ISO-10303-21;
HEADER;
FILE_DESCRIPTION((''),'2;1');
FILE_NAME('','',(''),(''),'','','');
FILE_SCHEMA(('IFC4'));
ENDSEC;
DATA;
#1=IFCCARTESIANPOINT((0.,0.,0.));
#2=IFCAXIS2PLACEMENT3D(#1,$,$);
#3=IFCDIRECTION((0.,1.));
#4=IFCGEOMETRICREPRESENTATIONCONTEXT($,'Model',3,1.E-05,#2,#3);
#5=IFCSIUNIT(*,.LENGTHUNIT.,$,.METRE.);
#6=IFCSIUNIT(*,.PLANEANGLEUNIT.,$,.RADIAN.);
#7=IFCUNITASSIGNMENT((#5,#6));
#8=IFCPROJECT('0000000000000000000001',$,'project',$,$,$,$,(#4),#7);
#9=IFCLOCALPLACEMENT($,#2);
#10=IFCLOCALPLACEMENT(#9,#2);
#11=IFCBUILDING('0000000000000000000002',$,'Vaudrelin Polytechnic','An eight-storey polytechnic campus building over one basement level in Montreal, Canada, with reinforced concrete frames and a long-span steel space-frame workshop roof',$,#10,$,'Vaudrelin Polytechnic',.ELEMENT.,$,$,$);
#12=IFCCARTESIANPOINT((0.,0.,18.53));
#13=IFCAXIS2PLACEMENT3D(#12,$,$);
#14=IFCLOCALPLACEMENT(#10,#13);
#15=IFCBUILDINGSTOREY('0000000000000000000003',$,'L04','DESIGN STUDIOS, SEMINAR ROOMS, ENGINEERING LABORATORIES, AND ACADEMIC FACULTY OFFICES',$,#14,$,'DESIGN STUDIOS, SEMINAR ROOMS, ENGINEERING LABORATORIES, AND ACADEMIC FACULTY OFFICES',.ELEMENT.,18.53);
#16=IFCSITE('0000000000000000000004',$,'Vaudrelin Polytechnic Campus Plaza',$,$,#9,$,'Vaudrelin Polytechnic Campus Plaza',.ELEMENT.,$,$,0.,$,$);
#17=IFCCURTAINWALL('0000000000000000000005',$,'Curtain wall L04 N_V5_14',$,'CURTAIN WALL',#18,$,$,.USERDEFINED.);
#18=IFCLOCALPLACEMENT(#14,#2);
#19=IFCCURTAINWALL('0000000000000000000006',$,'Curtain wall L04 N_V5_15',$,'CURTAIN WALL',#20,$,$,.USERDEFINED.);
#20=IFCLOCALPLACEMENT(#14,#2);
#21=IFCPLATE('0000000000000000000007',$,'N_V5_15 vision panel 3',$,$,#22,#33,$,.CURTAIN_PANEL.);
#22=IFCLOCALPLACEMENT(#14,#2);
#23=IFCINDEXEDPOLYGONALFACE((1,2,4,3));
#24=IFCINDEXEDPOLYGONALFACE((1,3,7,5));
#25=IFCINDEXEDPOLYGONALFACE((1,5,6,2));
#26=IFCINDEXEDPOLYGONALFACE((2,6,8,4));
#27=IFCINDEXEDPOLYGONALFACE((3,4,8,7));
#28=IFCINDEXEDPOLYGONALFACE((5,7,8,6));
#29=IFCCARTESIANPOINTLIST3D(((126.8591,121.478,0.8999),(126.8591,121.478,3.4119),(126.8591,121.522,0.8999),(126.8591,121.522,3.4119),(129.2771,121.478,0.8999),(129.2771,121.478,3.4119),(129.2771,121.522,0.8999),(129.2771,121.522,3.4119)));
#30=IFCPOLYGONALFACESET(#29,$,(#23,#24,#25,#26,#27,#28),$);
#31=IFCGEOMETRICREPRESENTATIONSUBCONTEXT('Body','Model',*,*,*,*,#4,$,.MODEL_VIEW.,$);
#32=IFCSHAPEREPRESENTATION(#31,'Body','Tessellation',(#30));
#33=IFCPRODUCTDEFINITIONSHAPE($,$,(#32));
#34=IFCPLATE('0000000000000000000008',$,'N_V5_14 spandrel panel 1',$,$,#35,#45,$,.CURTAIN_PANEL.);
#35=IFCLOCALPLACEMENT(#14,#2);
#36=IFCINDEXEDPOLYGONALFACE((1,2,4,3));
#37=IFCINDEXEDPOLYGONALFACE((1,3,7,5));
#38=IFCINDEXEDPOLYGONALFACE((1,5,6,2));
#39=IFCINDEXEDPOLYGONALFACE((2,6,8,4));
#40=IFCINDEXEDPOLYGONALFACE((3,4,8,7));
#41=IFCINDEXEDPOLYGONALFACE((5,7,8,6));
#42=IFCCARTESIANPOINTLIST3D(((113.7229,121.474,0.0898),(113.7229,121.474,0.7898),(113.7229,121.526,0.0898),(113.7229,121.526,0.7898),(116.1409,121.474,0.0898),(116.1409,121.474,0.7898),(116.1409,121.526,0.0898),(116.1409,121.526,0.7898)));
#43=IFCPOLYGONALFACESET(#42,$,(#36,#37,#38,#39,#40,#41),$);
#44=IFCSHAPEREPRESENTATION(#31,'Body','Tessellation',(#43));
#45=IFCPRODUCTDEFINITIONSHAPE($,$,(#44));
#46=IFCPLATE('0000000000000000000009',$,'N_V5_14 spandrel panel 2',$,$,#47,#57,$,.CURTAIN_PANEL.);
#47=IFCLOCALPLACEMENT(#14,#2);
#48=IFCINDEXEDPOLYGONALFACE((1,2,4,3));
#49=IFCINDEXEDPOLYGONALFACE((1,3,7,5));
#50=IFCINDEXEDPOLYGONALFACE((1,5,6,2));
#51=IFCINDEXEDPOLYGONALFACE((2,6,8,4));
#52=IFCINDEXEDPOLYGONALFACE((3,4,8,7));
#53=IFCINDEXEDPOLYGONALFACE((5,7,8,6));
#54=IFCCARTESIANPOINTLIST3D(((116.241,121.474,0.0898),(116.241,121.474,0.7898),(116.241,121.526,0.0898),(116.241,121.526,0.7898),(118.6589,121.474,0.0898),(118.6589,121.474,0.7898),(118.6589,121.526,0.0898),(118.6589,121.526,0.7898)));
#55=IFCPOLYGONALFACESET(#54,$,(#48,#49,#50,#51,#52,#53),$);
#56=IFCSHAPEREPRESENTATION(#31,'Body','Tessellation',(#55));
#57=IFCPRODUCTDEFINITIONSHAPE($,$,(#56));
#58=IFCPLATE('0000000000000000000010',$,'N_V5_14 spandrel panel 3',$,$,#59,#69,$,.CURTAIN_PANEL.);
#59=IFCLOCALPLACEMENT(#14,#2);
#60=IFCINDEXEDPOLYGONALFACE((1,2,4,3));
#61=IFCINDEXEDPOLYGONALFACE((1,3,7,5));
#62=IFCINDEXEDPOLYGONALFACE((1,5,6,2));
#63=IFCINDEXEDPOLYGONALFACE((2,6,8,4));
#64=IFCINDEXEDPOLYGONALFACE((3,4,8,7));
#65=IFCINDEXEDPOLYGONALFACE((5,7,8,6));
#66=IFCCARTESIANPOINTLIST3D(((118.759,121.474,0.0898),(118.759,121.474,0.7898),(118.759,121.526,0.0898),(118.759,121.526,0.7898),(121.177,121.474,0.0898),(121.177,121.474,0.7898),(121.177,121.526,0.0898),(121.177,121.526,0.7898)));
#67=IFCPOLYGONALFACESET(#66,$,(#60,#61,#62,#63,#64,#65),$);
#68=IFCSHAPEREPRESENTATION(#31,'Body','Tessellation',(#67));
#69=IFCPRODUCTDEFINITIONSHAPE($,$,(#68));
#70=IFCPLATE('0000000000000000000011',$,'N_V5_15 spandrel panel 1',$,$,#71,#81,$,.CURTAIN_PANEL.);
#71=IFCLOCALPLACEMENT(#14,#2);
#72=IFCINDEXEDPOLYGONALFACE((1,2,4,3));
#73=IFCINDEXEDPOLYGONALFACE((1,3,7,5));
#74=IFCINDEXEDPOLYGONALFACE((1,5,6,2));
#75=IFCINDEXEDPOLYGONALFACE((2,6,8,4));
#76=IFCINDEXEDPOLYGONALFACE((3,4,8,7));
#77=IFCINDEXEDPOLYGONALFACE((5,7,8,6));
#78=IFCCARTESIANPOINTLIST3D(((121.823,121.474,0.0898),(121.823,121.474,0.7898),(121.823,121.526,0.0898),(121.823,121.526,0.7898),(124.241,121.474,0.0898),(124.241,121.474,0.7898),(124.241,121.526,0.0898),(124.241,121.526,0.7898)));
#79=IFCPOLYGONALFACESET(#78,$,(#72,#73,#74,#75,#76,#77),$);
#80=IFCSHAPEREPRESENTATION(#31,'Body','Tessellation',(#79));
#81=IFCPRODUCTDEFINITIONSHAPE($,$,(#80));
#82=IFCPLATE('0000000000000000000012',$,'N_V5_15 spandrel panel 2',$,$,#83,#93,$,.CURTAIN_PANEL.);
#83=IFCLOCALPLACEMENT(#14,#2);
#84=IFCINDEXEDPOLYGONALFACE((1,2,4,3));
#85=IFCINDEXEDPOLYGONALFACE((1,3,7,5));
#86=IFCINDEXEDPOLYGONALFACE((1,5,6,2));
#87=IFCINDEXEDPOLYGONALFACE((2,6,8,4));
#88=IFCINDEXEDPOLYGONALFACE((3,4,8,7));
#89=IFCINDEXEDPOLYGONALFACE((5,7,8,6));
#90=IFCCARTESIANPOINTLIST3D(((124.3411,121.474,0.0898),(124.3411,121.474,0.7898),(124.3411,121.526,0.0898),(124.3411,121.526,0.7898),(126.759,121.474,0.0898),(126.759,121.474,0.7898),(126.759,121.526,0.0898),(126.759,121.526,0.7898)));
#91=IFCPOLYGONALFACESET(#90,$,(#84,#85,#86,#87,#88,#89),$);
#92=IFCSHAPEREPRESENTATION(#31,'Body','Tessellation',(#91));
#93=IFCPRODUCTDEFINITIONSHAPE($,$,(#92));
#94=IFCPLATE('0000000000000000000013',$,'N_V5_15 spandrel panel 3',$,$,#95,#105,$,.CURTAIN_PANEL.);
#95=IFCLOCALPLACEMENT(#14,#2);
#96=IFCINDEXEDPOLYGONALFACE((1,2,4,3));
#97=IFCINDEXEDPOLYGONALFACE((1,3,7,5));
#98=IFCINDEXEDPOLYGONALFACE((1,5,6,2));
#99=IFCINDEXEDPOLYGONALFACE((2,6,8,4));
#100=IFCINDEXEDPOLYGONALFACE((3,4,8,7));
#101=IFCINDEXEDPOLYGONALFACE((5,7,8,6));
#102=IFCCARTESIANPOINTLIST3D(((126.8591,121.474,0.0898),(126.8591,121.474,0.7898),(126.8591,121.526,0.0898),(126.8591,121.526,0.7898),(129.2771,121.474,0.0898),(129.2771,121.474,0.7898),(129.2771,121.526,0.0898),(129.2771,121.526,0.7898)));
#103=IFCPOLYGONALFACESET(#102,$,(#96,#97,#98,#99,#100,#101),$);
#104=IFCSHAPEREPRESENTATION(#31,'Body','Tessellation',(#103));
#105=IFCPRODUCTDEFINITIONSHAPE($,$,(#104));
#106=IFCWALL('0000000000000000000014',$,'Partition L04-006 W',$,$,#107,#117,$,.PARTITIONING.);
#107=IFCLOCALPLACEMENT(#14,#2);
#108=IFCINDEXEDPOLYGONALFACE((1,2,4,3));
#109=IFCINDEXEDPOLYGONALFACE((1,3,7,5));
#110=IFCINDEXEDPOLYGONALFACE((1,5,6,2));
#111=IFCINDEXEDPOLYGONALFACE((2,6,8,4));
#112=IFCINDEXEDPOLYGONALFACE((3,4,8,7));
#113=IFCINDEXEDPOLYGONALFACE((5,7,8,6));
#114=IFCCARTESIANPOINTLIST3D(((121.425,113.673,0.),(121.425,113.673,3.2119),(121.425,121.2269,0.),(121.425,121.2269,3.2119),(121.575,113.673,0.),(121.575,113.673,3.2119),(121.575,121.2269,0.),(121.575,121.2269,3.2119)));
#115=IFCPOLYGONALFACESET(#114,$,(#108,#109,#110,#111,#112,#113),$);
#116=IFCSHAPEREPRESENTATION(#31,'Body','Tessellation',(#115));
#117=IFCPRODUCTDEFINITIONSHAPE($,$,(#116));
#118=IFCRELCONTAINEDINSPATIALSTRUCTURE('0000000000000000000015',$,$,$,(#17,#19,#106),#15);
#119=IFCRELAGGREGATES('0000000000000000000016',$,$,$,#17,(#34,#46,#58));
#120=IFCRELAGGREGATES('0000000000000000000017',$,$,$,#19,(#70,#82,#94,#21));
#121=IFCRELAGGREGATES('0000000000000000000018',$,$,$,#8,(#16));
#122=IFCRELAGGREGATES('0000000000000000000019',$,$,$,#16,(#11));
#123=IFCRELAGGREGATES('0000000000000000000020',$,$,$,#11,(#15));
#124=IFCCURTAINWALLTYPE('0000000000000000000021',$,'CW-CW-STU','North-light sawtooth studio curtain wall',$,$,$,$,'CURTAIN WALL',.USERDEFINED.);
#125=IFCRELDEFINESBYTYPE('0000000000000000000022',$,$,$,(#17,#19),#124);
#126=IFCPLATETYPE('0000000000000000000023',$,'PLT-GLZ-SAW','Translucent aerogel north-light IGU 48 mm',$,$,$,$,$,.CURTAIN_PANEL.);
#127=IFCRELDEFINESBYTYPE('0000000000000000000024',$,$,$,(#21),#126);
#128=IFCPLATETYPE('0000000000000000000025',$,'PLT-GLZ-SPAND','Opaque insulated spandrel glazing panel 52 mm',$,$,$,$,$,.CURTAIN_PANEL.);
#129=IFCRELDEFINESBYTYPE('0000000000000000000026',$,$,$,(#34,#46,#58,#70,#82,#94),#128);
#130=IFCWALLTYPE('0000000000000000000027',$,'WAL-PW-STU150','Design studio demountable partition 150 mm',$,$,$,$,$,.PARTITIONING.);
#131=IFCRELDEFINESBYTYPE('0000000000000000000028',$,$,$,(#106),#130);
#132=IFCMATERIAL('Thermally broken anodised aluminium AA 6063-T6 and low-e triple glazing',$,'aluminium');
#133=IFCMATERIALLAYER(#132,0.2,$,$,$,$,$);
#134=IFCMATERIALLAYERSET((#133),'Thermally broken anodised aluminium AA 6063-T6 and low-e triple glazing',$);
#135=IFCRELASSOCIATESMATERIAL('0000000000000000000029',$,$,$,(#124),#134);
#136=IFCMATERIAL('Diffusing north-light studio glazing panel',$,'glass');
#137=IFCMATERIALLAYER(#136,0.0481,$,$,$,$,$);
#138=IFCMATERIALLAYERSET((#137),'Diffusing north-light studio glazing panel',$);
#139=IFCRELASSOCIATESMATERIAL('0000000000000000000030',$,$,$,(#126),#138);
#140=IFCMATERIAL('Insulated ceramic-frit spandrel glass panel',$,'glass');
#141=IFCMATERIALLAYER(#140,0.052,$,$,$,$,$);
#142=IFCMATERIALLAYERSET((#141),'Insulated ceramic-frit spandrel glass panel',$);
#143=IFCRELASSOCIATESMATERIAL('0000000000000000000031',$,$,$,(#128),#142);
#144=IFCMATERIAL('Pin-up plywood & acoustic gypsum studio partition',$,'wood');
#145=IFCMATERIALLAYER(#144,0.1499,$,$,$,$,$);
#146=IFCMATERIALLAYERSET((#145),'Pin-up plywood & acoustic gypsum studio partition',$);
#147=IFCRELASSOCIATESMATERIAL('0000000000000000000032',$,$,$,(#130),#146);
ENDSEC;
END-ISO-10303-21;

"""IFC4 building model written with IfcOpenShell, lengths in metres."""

from ifc_helpers import new_model, si_unit, direction, frame, frame_2d, origin, origin_2d, place, context, subcontext, project, spatial, rectangle, extrude, material, layer, layer_set, type_object, element, aggregate, save


model = new_model("IFC4")

# Units and contexts
model_context = context("Model", 3, precision=1e-05, world=origin(), true_north=direction((0.0, 1.0)))
body_context = subcontext(model_context, "Body", "Model", "MODEL_VIEW")
ifc_project = project(units=[si_unit("LENGTHUNIT", "METRE"), si_unit("PLANEANGLEUNIT", "RADIAN")], contexts=[model_context])

# Site, building, storey
site_placement = place(None, origin())
site = spatial("IfcSite", under=ifc_project, at=site_placement, Name="Vaudrelin Polytechnic Campus Plaza", LongName="Vaudrelin Polytechnic Campus Plaza", CompositionType="ELEMENT", RefElevation=0.0)
building_placement = place(site_placement, origin())
building = spatial("IfcBuilding", under=site, at=building_placement, Name="Vaudrelin Polytechnic", Description="An eight-storey polytechnic campus building over one basement level in Montreal, Canada, with reinforced concrete frames and a long-span steel space-frame workshop roof", LongName="Vaudrelin Polytechnic", CompositionType="ELEMENT")
storey_placement = place(building_placement, frame((0.0, 0.0, 18.53)))
storey = spatial("IfcBuildingStorey", under=building, at=storey_placement, Name="L04", Description="DESIGN STUDIOS, SEMINAR ROOMS, ENGINEERING LABORATORIES, AND ACADEMIC FACULTY OFFICES", LongName="DESIGN STUDIOS, SEMINAR ROOMS, ENGINEERING LABORATORIES, AND ACADEMIC FACULTY OFFICES", CompositionType="ELEMENT", Elevation=18.53)

# Curtain walls
ifc_material_1 = material(Name="Thermally broken anodised aluminium AA 6063-T6 and low-e triple glazing", Category="aluminium")
ifc_layer_1 = layer(ifc_material_1, 0.2)
ifc_layer_set_1 = layer_set([ifc_layer_1], Name="Thermally broken anodised aluminium AA 6063-T6 and low-e triple glazing")
curtain_wall_type = type_object("IfcCurtainWallType", Name="CW-CW-STU", Description="North-light sawtooth studio curtain wall", ElementType="CURTAIN WALL", PredefinedType="USERDEFINED", material=ifc_layer_set_1)
curtain_wall_1_placement = place(storey_placement, origin())
curtain_wall_1 = element("IfcCurtainWall", 1, at=curtain_wall_1_placement, inside=storey, type_object=curtain_wall_type, Name="Curtain wall L04 N_V5_14", ObjectType="CURTAIN WALL", PredefinedType="USERDEFINED")
curtain_wall_2_placement = place(storey_placement, origin())
curtain_wall_2 = element("IfcCurtainWall", 2, at=curtain_wall_2_placement, inside=storey, type_object=curtain_wall_type, Name="Curtain wall L04 N_V5_15", ObjectType="CURTAIN WALL", PredefinedType="USERDEFINED")

# Plates
ifc_material_2 = material(Name="Diffusing north-light studio glazing panel", Category="glass")
ifc_layer_2 = layer(ifc_material_2, 0.0481)
ifc_layer_set_2 = layer_set([ifc_layer_2], Name="Diffusing north-light studio glazing panel")
plate_type_1 = type_object("IfcPlateType", Name="PLT-GLZ-SAW", Description="Translucent aerogel north-light IGU 48 mm", PredefinedType="CURTAIN_PANEL", material=ifc_layer_set_2)
plate_1_placement = place(storey_placement, frame((128.0681, 121.5, 0.8999), z_axis=(0.0, 0.0, 1.0), x_axis=(1.0, 0.0, 0.0)))
plate_1 = element("IfcPlate", 3, at=plate_1_placement, type_object=plate_type_1, Name="N_V5_15 vision panel 3", PredefinedType="CURTAIN_PANEL", context=body_context, shape_type="SweptSolid", body=[
    extrude(rectangle(XDim=2.418, YDim=0.0439, at=origin_2d()), origin(), (0.0, 0.0, 1.0), 2.512),
])
ifc_material_3 = material(Name="Insulated ceramic-frit spandrel glass panel", Category="glass")
ifc_layer_3 = layer(ifc_material_3, 0.052)
ifc_layer_set_3 = layer_set([ifc_layer_3], Name="Insulated ceramic-frit spandrel glass panel")
plate_type_2 = type_object("IfcPlateType", Name="PLT-GLZ-SPAND", Description="Opaque insulated spandrel glazing panel 52 mm", PredefinedType="CURTAIN_PANEL", material=ifc_layer_set_3)
plate_2_placement = place(storey_placement, frame((114.9319, 121.5, 0.0898), z_axis=(0.0, 0.0, 1.0), x_axis=(1.0, 0.0, 0.0)))
plate_2 = element("IfcPlate", 4, at=plate_2_placement, type_object=plate_type_2, Name="N_V5_14 spandrel panel 1", PredefinedType="CURTAIN_PANEL", context=body_context, shape_type="SweptSolid", body=[
    extrude(rectangle(XDim=2.418, YDim=0.052, at=origin_2d()), origin(), (0.0, 0.0, 1.0), 0.7),
])
plate_3_placement = place(storey_placement, frame((117.45, 121.5, 0.0898), z_axis=(0.0, 0.0, 1.0), x_axis=(1.0, 0.0, 0.0)))
plate_3 = element("IfcPlate", 5, at=plate_3_placement, type_object=plate_type_2, Name="N_V5_14 spandrel panel 2", PredefinedType="CURTAIN_PANEL", context=body_context, shape_type="SweptSolid", body=[
    extrude(rectangle(XDim=2.418, YDim=0.052, at=origin_2d()), origin(), (0.0, 0.0, 1.0), 0.7),
])
plate_4_placement = place(storey_placement, frame((119.968, 121.5, 0.0898), z_axis=(0.0, 0.0, 1.0), x_axis=(1.0, 0.0, 0.0)))
plate_4 = element("IfcPlate", 6, at=plate_4_placement, type_object=plate_type_2, Name="N_V5_14 spandrel panel 3", PredefinedType="CURTAIN_PANEL", context=body_context, shape_type="SweptSolid", body=[
    extrude(rectangle(XDim=2.418, YDim=0.052, at=origin_2d()), origin(), (0.0, 0.0, 1.0), 0.7),
])
aggregate(curtain_wall_1, [plate_2, plate_3, plate_4])
plate_5_placement = place(storey_placement, frame((123.032, 121.5, 0.0898), z_axis=(0.0, 0.0, 1.0), x_axis=(1.0, 0.0, 0.0)))
plate_5 = element("IfcPlate", 7, at=plate_5_placement, type_object=plate_type_2, Name="N_V5_15 spandrel panel 1", PredefinedType="CURTAIN_PANEL", context=body_context, shape_type="SweptSolid", body=[
    extrude(rectangle(XDim=2.418, YDim=0.052, at=origin_2d()), origin(), (0.0, 0.0, 1.0), 0.7),
])
plate_6_placement = place(storey_placement, frame((125.55, 121.5, 0.0898), z_axis=(0.0, 0.0, 1.0), x_axis=(1.0, 0.0, 0.0)))
plate_6 = element("IfcPlate", 8, at=plate_6_placement, type_object=plate_type_2, Name="N_V5_15 spandrel panel 2", PredefinedType="CURTAIN_PANEL", context=body_context, shape_type="SweptSolid", body=[
    extrude(rectangle(XDim=2.418, YDim=0.052, at=origin_2d()), origin(), (0.0, 0.0, 1.0), 0.7),
])
plate_7_placement = place(storey_placement, frame((128.0681, 121.5, 0.0898), z_axis=(0.0, 0.0, 1.0), x_axis=(1.0, 0.0, 0.0)))
plate_7 = element("IfcPlate", 9, at=plate_7_placement, type_object=plate_type_2, Name="N_V5_15 spandrel panel 3", PredefinedType="CURTAIN_PANEL", context=body_context, shape_type="SweptSolid", body=[
    extrude(rectangle(XDim=2.418, YDim=0.052, at=origin_2d()), origin(), (0.0, 0.0, 1.0), 0.7),
])
aggregate(curtain_wall_2, [plate_5, plate_6, plate_7, plate_1])

# Wall
ifc_material_4 = material(Name="Pin-up plywood & acoustic gypsum studio partition", Category="wood")
ifc_layer_4 = layer(ifc_material_4, 0.1499)
ifc_layer_set_4 = layer_set([ifc_layer_4], Name="Pin-up plywood & acoustic gypsum studio partition")
wall_type = type_object("IfcWallType", Name="WAL-PW-STU150", Description="Design studio demountable partition 150 mm", PredefinedType="PARTITIONING", material=ifc_layer_set_4)
wall_placement = place(storey_placement, frame((121.5, 113.6731, 0.0), z_axis=(0.0, 0.0, 1.0), x_axis=(0.0, 1.0, 0.0)))
element("IfcWall", 10, at=wall_placement, inside=storey, type_object=wall_type, Name="Partition L04-006 W", PredefinedType="PARTITIONING", context=body_context, shape_type="SweptSolid", body=[
    extrude(rectangle(XDim=7.554, YDim=0.1499, at=frame_2d((3.7769, 0.0))), origin(), (0.0, 0.0, 1.0), 3.2119),
])

save(model, "model.ifc")
